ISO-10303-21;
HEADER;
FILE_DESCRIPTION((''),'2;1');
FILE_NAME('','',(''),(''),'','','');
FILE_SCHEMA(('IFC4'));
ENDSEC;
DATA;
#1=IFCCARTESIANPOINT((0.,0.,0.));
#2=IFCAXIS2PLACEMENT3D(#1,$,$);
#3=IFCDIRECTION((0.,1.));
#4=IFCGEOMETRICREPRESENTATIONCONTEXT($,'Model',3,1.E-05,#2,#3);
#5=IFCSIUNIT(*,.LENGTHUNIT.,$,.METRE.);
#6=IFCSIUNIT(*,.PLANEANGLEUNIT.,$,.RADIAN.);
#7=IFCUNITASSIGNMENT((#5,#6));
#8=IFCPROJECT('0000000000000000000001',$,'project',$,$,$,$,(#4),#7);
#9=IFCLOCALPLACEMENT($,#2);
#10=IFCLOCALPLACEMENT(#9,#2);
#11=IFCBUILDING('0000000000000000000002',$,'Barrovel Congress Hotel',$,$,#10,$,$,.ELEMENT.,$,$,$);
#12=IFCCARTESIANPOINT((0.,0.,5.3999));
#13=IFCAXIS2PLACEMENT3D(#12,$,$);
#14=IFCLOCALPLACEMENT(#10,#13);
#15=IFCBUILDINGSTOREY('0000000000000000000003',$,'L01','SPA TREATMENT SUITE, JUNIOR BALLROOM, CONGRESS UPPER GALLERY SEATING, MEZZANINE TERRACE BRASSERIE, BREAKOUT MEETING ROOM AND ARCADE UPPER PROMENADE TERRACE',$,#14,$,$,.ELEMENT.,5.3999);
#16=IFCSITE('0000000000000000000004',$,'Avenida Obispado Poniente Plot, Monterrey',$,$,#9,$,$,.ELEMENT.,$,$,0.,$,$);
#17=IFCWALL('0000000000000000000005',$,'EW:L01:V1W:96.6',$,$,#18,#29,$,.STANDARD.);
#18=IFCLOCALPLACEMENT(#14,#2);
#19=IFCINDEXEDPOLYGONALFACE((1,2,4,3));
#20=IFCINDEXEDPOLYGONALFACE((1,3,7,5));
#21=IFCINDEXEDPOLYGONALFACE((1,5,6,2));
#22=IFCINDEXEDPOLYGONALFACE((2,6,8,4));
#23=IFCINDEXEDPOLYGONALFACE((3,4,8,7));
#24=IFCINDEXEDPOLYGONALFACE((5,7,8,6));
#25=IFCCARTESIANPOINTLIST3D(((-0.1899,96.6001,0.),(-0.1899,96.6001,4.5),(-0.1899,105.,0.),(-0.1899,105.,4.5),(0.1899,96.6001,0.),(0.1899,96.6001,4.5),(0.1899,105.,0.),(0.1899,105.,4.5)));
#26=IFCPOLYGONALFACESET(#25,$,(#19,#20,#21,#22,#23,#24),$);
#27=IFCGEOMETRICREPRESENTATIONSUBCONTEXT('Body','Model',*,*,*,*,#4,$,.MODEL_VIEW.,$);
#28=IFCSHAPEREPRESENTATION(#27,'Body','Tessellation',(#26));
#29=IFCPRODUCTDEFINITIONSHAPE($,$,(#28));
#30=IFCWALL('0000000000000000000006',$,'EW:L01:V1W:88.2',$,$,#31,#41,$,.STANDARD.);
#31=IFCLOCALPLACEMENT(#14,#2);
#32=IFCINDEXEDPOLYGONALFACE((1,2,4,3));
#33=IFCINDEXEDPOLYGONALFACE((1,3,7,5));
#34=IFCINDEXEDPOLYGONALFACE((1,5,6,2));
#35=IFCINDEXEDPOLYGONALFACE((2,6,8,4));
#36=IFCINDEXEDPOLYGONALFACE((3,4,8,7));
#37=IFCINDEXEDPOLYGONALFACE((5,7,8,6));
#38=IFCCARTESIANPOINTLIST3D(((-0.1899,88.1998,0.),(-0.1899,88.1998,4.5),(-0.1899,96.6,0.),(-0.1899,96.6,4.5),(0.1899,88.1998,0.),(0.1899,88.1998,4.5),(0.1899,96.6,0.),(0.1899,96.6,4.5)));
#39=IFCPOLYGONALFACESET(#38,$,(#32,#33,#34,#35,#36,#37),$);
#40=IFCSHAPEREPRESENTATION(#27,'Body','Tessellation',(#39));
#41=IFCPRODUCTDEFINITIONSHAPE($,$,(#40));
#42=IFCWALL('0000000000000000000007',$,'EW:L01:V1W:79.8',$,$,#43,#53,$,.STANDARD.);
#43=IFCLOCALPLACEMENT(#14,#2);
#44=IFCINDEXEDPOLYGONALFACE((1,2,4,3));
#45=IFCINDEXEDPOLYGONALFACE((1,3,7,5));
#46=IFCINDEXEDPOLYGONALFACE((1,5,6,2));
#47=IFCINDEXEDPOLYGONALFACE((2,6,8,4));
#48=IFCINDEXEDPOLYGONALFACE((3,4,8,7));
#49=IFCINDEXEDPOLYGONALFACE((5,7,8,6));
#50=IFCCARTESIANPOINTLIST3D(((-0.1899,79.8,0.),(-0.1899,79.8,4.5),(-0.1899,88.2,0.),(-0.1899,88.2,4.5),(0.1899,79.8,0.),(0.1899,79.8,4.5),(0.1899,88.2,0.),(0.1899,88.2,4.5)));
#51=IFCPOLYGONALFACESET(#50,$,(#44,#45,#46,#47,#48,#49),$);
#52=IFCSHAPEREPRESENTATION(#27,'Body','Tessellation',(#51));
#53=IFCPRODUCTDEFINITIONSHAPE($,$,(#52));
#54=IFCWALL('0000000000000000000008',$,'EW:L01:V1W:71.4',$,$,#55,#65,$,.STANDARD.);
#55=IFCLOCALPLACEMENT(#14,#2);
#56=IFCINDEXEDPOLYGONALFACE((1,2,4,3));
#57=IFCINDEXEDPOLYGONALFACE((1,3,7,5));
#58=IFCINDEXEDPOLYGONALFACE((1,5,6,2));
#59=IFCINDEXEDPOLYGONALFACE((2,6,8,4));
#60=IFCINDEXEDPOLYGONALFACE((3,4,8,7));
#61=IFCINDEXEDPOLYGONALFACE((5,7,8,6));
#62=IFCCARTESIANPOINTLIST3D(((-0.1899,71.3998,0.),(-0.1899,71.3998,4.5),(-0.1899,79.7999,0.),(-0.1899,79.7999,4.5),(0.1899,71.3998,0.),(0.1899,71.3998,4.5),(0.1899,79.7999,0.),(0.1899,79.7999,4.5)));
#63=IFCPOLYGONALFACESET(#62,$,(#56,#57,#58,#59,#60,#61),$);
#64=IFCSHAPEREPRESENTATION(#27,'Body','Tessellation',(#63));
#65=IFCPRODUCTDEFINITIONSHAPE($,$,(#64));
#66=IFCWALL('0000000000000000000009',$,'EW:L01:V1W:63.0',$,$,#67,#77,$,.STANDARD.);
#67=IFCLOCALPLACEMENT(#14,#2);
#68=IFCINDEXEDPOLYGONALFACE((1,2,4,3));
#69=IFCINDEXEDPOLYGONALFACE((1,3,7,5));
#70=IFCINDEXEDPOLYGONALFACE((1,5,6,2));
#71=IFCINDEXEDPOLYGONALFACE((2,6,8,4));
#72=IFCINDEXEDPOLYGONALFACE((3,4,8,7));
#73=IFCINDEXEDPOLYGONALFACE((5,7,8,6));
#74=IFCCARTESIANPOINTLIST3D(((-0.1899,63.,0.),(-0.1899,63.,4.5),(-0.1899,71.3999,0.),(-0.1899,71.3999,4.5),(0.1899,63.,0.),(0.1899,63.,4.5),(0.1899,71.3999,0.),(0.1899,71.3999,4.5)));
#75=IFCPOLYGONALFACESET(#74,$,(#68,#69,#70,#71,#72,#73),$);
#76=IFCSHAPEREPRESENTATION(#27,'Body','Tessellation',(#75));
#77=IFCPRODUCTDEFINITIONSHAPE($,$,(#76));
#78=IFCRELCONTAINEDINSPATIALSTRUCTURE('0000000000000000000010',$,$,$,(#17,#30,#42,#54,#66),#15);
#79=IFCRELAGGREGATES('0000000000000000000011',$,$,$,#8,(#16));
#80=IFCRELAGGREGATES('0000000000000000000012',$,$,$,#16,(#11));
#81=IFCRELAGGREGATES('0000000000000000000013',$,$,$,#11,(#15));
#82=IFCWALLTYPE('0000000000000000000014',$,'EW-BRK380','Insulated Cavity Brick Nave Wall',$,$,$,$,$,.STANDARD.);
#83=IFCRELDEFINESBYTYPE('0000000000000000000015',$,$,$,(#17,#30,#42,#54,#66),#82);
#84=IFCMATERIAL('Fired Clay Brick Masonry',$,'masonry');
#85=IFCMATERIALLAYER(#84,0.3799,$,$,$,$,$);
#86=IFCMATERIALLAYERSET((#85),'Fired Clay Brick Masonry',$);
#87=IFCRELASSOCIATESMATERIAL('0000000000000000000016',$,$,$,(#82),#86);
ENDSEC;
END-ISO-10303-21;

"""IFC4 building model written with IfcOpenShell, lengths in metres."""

from ifc_helpers import new_model, si_unit, direction, frame, frame_2d, origin, place, context, subcontext, project, spatial, rectangle, extrude, material, layer, layer_set, type_object, element, save


model = new_model("IFC4")

# Units and contexts
model_context = context("Model", 3, precision=1e-05, world=origin(), true_north=direction((0.0, 1.0)))
body_context = subcontext(model_context, "Body", "Model", "MODEL_VIEW")
ifc_project = project(units=[si_unit("LENGTHUNIT", "METRE"), si_unit("PLANEANGLEUNIT", "RADIAN")], contexts=[model_context])

# Site, building, storey
site_placement = place(None, origin())
site = spatial("IfcSite", under=ifc_project, at=site_placement, Name="Avenida Obispado Poniente Plot, Monterrey", CompositionType="ELEMENT", RefElevation=0.0)
building_placement = place(site_placement, origin())
building = spatial("IfcBuilding", under=site, at=building_placement, Name="Barrovel Congress Hotel", CompositionType="ELEMENT")
storey_placement = place(building_placement, frame((0.0, 0.0, 5.3999)))
storey = spatial("IfcBuildingStorey", under=building, at=storey_placement, Name="L01", Description="SPA TREATMENT SUITE, JUNIOR BALLROOM, CONGRESS UPPER GALLERY SEATING, MEZZANINE TERRACE BRASSERIE, BREAKOUT MEETING ROOM AND ARCADE UPPER PROMENADE TERRACE", CompositionType="ELEMENT", Elevation=5.3999)

# Walls
ifc_material_1 = material(Name="Fired Clay Brick Masonry", Category="masonry")
ifc_layer_1 = layer(ifc_material_1, 0.3799)
ifc_layer_set_1 = layer_set([ifc_layer_1], Name="Fired Clay Brick Masonry")
wall_type = type_object("IfcWallType", Name="EW-BRK380", Description="Insulated Cavity Brick Nave Wall", PredefinedType="STANDARD", material=ifc_layer_set_1)
wall_1_placement = place(storey_placement, frame((0.0, 105.0, 0.0), z_axis=(0.0, 0.0, 1.0), x_axis=(0.0, -1.0, 0.0)))
element("IfcWall", 1, at=wall_1_placement, inside=storey, type_object=wall_type, Name="EW:L01:V1W:96.6", PredefinedType="STANDARD", context=body_context, shape_type="SweptSolid", body=[
    extrude(rectangle(XDim=8.3999, YDim=0.3799, at=frame_2d((4.2, 0.0))), origin(), (0.0, 0.0, 1.0), 4.5),
])
wall_2_placement = place(storey_placement, frame((0.0, 96.6001, 0.0), z_axis=(0.0, 0.0, 1.0), x_axis=(0.0, -1.0, 0.0)))
element("IfcWall", 2, at=wall_2_placement, inside=storey, type_object=wall_type, Name="EW:L01:V1W:88.2", PredefinedType="STANDARD", context=body_context, shape_type="SweptSolid", body=[
    extrude(rectangle(XDim=8.4001, YDim=0.3799, at=frame_2d((4.2002, 0.0))), origin(), (0.0, 0.0, 1.0), 4.5),
])
wall_3_placement = place(storey_placement, frame((0.0, 88.2, 0.0), z_axis=(0.0, 0.0, 1.0), x_axis=(0.0, -1.0, 0.0)))
element("IfcWall", 3, at=wall_3_placement, inside=storey, type_object=wall_type, Name="EW:L01:V1W:79.8", PredefinedType="STANDARD", context=body_context, shape_type="SweptSolid", body=[
    extrude(rectangle(XDim=8.3999, YDim=0.3799, at=frame_2d((4.2, 0.0))), origin(), (0.0, 0.0, 1.0), 4.5),
])
wall_4_placement = place(storey_placement, frame((0.0, 79.8, 0.0), z_axis=(0.0, 0.0, 1.0), x_axis=(0.0, -1.0, 0.0)))
element("IfcWall", 4, at=wall_4_placement, inside=storey, type_object=wall_type, Name="EW:L01:V1W:71.4", PredefinedType="STANDARD", context=body_context, shape_type="SweptSolid", body=[
    extrude(rectangle(XDim=8.4001, YDim=0.3799, at=frame_2d((4.2002, 0.0))), origin(), (0.0, 0.0, 1.0), 4.5),
])
wall_5_placement = place(storey_placement, frame((0.0, 71.3999, 0.0), z_axis=(0.0, 0.0, 1.0), x_axis=(0.0, -1.0, 0.0)))
element("IfcWall", 5, at=wall_5_placement, inside=storey, type_object=wall_type, Name="EW:L01:V1W:63.0", PredefinedType="STANDARD", context=body_context, shape_type="SweptSolid", body=[
    extrude(rectangle(XDim=8.3999, YDim=0.3799, at=frame_2d((4.2, 0.0))), origin(), (0.0, 0.0, 1.0), 4.5),
])

save(model, "model.ifc")
